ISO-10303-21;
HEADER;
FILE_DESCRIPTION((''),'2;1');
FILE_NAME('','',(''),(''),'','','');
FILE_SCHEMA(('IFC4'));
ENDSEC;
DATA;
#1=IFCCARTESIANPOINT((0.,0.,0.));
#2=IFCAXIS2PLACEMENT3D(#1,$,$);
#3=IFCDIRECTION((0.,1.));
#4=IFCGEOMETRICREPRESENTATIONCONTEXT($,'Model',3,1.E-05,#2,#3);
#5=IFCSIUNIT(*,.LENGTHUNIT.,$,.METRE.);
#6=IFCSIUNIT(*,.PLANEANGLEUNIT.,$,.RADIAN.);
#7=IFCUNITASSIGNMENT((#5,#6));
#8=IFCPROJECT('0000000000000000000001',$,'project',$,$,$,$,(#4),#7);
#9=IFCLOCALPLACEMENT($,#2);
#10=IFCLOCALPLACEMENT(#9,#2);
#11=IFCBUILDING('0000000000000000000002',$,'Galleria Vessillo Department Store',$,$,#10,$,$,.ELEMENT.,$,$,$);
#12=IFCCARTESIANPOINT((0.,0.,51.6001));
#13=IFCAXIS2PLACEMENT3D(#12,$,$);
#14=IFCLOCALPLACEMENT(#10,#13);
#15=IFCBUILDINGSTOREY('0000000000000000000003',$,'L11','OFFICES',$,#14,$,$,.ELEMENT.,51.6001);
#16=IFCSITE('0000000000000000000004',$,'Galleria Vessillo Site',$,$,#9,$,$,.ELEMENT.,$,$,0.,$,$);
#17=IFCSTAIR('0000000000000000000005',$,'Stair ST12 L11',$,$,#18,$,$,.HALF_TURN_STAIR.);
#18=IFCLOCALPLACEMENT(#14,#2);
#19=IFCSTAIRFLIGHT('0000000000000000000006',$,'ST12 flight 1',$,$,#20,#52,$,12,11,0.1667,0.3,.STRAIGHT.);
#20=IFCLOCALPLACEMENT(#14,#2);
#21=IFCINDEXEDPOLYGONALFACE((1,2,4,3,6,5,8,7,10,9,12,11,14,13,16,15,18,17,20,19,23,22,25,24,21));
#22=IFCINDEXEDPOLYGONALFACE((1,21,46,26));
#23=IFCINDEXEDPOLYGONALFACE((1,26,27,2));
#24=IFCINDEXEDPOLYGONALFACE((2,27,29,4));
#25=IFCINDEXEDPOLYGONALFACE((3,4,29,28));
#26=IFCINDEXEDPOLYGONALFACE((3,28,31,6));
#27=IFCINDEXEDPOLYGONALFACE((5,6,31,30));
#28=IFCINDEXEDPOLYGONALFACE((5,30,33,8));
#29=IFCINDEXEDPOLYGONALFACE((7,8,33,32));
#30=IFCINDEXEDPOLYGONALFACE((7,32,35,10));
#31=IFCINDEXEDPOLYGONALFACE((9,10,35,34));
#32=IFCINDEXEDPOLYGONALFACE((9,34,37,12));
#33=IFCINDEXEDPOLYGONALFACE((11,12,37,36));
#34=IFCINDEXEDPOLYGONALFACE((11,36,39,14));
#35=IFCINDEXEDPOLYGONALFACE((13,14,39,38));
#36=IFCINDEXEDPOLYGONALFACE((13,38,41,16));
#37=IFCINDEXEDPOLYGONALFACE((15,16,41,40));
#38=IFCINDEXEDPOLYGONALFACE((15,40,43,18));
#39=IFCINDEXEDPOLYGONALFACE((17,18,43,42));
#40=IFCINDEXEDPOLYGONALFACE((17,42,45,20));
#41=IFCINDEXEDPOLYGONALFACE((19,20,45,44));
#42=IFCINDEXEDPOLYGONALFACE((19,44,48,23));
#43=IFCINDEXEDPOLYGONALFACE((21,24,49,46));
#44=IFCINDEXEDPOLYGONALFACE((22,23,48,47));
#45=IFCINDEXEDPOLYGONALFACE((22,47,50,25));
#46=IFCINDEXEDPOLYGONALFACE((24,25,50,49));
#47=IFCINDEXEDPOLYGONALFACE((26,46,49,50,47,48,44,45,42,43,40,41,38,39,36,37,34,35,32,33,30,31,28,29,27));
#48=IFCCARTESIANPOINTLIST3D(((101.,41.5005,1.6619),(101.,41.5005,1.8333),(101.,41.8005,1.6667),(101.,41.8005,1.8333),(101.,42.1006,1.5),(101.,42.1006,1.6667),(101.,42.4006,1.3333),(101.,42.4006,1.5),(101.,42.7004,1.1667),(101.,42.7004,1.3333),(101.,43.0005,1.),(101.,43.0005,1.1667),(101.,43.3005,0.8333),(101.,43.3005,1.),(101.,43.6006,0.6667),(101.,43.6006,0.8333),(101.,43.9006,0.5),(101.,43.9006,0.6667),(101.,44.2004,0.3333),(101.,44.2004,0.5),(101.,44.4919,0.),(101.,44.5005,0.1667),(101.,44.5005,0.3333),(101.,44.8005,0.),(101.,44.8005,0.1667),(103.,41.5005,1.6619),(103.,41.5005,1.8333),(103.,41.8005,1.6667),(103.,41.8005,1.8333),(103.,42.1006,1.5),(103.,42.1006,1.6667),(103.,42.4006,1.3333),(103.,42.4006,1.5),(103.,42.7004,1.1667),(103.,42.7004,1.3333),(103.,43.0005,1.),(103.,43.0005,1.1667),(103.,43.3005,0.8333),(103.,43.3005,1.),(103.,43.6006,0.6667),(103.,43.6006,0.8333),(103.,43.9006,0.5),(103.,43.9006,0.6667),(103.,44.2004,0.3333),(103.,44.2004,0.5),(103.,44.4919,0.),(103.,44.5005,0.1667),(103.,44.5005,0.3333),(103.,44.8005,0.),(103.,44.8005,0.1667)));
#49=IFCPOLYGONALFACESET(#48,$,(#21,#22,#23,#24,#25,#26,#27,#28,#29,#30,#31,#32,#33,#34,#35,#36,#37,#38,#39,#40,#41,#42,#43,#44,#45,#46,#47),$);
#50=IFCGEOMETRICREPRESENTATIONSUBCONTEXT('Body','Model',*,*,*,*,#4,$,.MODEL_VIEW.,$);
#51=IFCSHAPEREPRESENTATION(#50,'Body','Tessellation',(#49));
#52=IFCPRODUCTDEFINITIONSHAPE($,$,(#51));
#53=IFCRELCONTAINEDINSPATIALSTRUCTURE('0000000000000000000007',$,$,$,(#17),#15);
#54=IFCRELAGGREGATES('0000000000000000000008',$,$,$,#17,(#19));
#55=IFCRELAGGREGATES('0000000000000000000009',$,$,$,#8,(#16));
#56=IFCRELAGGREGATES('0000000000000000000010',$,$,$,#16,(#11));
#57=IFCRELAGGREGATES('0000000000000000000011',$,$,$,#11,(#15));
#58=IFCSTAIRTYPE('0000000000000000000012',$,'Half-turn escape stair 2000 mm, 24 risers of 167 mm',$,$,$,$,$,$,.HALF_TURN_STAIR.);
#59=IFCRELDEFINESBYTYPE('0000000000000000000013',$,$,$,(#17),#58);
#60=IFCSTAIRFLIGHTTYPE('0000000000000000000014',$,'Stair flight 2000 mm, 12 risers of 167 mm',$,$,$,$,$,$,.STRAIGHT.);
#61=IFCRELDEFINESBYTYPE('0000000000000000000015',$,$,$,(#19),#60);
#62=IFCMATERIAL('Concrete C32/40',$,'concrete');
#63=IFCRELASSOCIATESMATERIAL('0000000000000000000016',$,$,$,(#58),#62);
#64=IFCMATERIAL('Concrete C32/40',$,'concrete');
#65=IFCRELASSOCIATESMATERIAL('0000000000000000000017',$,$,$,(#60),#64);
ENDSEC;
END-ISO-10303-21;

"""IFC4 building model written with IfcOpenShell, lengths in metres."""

from ifc_helpers import new_model, si_unit, direction, frame, origin, place, context, subcontext, project, spatial, polyline, outline, extrude, material, type_object, element, aggregate, save


model = new_model("IFC4")

# Units and contexts
model_context = context("Model", 3, precision=1e-05, world=origin(), true_north=direction((0.0, 1.0)))
body_context = subcontext(model_context, "Body", "Model", "MODEL_VIEW")
ifc_project = project(units=[si_unit("LENGTHUNIT", "METRE"), si_unit("PLANEANGLEUNIT", "RADIAN")], contexts=[model_context])

# Site, building, storey
site_placement = place(None, origin())
site = spatial("IfcSite", under=ifc_project, at=site_placement, Name="Galleria Vessillo Site", CompositionType="ELEMENT", RefElevation=0.0)
building_placement = place(site_placement, origin())
building = spatial("IfcBuilding", under=site, at=building_placement, Name="Galleria Vessillo Department Store", CompositionType="ELEMENT")
storey_placement = place(building_placement, frame((0.0, 0.0, 51.6001)))
storey = spatial("IfcBuildingStorey", under=building, at=storey_placement, Name="L11", Description="OFFICES", CompositionType="ELEMENT", Elevation=51.6001)

# Stair, stair flight
ifc_material_1 = material(Name="Concrete C32/40", Category="concrete")
stair_type = type_object("IfcStairType", Name="Half-turn escape stair 2000 mm, 24 risers of 167 mm", PredefinedType="HALF_TURN_STAIR", material=ifc_material_1)
stair_placement = place(storey_placement, origin())
stair = element("IfcStair", 1, at=stair_placement, inside=storey, type_object=stair_type, Name="Stair ST12 L11", PredefinedType="HALF_TURN_STAIR")
ifc_material_2 = material(Name="Concrete C32/40", Category="concrete")
stair_flight_type = type_object("IfcStairFlightType", Name="Stair flight 2000 mm, 12 risers of 167 mm", PredefinedType="STRAIGHT", material=ifc_material_2)
stair_flight_placement = place(storey_placement, frame((102.0, 44.8005, 0.0), z_axis=(0.0, 0.0, 1.0), x_axis=(0.0, -1.0, 0.0)))
stair_flight = element("IfcStairFlight", 2, at=stair_flight_placement, type_object=stair_flight_type, Name="ST12 flight 1", NumberOfRisers=12, NumberOfTreads=11, PredefinedType="STRAIGHT", RiserHeight=0.1667, TreadLength=0.3, context=body_context, shape_type="SweptSolid", body=[
    extrude(outline(polyline([(0.0, 0.0), (0.0, 0.1667), (0.3, 0.1667), (0.3, 0.3333), (0.6001, 0.3333), (0.6001, 0.5), (0.8999, 0.5), (0.8999, 0.6667), (1.2, 0.6667), (1.2, 0.8333), (1.5, 0.8333), (1.5, 1.0), (1.8, 1.0), (1.8, 1.1667), (2.1001, 1.1667), (2.1001, 1.3333), (2.3999, 1.3333), (2.3999, 1.5), (2.7, 1.5), (2.7, 1.6667), (3.0, 1.6667), (3.0, 1.8333), (3.3, 1.8333), (3.3, 2.0), (3.3, 1.6619), (0.3086, 0.0), (0.0, 0.0)])), frame((0.0, 1.0, 0.0), z_axis=(0.0, -1.0, 0.0), x_axis=(1.0, 0.0, 0.0)), (0.0, 0.0, 1.0), 2.0),
])
aggregate(stair, [stair_flight])

save(model, "model.ifc")
